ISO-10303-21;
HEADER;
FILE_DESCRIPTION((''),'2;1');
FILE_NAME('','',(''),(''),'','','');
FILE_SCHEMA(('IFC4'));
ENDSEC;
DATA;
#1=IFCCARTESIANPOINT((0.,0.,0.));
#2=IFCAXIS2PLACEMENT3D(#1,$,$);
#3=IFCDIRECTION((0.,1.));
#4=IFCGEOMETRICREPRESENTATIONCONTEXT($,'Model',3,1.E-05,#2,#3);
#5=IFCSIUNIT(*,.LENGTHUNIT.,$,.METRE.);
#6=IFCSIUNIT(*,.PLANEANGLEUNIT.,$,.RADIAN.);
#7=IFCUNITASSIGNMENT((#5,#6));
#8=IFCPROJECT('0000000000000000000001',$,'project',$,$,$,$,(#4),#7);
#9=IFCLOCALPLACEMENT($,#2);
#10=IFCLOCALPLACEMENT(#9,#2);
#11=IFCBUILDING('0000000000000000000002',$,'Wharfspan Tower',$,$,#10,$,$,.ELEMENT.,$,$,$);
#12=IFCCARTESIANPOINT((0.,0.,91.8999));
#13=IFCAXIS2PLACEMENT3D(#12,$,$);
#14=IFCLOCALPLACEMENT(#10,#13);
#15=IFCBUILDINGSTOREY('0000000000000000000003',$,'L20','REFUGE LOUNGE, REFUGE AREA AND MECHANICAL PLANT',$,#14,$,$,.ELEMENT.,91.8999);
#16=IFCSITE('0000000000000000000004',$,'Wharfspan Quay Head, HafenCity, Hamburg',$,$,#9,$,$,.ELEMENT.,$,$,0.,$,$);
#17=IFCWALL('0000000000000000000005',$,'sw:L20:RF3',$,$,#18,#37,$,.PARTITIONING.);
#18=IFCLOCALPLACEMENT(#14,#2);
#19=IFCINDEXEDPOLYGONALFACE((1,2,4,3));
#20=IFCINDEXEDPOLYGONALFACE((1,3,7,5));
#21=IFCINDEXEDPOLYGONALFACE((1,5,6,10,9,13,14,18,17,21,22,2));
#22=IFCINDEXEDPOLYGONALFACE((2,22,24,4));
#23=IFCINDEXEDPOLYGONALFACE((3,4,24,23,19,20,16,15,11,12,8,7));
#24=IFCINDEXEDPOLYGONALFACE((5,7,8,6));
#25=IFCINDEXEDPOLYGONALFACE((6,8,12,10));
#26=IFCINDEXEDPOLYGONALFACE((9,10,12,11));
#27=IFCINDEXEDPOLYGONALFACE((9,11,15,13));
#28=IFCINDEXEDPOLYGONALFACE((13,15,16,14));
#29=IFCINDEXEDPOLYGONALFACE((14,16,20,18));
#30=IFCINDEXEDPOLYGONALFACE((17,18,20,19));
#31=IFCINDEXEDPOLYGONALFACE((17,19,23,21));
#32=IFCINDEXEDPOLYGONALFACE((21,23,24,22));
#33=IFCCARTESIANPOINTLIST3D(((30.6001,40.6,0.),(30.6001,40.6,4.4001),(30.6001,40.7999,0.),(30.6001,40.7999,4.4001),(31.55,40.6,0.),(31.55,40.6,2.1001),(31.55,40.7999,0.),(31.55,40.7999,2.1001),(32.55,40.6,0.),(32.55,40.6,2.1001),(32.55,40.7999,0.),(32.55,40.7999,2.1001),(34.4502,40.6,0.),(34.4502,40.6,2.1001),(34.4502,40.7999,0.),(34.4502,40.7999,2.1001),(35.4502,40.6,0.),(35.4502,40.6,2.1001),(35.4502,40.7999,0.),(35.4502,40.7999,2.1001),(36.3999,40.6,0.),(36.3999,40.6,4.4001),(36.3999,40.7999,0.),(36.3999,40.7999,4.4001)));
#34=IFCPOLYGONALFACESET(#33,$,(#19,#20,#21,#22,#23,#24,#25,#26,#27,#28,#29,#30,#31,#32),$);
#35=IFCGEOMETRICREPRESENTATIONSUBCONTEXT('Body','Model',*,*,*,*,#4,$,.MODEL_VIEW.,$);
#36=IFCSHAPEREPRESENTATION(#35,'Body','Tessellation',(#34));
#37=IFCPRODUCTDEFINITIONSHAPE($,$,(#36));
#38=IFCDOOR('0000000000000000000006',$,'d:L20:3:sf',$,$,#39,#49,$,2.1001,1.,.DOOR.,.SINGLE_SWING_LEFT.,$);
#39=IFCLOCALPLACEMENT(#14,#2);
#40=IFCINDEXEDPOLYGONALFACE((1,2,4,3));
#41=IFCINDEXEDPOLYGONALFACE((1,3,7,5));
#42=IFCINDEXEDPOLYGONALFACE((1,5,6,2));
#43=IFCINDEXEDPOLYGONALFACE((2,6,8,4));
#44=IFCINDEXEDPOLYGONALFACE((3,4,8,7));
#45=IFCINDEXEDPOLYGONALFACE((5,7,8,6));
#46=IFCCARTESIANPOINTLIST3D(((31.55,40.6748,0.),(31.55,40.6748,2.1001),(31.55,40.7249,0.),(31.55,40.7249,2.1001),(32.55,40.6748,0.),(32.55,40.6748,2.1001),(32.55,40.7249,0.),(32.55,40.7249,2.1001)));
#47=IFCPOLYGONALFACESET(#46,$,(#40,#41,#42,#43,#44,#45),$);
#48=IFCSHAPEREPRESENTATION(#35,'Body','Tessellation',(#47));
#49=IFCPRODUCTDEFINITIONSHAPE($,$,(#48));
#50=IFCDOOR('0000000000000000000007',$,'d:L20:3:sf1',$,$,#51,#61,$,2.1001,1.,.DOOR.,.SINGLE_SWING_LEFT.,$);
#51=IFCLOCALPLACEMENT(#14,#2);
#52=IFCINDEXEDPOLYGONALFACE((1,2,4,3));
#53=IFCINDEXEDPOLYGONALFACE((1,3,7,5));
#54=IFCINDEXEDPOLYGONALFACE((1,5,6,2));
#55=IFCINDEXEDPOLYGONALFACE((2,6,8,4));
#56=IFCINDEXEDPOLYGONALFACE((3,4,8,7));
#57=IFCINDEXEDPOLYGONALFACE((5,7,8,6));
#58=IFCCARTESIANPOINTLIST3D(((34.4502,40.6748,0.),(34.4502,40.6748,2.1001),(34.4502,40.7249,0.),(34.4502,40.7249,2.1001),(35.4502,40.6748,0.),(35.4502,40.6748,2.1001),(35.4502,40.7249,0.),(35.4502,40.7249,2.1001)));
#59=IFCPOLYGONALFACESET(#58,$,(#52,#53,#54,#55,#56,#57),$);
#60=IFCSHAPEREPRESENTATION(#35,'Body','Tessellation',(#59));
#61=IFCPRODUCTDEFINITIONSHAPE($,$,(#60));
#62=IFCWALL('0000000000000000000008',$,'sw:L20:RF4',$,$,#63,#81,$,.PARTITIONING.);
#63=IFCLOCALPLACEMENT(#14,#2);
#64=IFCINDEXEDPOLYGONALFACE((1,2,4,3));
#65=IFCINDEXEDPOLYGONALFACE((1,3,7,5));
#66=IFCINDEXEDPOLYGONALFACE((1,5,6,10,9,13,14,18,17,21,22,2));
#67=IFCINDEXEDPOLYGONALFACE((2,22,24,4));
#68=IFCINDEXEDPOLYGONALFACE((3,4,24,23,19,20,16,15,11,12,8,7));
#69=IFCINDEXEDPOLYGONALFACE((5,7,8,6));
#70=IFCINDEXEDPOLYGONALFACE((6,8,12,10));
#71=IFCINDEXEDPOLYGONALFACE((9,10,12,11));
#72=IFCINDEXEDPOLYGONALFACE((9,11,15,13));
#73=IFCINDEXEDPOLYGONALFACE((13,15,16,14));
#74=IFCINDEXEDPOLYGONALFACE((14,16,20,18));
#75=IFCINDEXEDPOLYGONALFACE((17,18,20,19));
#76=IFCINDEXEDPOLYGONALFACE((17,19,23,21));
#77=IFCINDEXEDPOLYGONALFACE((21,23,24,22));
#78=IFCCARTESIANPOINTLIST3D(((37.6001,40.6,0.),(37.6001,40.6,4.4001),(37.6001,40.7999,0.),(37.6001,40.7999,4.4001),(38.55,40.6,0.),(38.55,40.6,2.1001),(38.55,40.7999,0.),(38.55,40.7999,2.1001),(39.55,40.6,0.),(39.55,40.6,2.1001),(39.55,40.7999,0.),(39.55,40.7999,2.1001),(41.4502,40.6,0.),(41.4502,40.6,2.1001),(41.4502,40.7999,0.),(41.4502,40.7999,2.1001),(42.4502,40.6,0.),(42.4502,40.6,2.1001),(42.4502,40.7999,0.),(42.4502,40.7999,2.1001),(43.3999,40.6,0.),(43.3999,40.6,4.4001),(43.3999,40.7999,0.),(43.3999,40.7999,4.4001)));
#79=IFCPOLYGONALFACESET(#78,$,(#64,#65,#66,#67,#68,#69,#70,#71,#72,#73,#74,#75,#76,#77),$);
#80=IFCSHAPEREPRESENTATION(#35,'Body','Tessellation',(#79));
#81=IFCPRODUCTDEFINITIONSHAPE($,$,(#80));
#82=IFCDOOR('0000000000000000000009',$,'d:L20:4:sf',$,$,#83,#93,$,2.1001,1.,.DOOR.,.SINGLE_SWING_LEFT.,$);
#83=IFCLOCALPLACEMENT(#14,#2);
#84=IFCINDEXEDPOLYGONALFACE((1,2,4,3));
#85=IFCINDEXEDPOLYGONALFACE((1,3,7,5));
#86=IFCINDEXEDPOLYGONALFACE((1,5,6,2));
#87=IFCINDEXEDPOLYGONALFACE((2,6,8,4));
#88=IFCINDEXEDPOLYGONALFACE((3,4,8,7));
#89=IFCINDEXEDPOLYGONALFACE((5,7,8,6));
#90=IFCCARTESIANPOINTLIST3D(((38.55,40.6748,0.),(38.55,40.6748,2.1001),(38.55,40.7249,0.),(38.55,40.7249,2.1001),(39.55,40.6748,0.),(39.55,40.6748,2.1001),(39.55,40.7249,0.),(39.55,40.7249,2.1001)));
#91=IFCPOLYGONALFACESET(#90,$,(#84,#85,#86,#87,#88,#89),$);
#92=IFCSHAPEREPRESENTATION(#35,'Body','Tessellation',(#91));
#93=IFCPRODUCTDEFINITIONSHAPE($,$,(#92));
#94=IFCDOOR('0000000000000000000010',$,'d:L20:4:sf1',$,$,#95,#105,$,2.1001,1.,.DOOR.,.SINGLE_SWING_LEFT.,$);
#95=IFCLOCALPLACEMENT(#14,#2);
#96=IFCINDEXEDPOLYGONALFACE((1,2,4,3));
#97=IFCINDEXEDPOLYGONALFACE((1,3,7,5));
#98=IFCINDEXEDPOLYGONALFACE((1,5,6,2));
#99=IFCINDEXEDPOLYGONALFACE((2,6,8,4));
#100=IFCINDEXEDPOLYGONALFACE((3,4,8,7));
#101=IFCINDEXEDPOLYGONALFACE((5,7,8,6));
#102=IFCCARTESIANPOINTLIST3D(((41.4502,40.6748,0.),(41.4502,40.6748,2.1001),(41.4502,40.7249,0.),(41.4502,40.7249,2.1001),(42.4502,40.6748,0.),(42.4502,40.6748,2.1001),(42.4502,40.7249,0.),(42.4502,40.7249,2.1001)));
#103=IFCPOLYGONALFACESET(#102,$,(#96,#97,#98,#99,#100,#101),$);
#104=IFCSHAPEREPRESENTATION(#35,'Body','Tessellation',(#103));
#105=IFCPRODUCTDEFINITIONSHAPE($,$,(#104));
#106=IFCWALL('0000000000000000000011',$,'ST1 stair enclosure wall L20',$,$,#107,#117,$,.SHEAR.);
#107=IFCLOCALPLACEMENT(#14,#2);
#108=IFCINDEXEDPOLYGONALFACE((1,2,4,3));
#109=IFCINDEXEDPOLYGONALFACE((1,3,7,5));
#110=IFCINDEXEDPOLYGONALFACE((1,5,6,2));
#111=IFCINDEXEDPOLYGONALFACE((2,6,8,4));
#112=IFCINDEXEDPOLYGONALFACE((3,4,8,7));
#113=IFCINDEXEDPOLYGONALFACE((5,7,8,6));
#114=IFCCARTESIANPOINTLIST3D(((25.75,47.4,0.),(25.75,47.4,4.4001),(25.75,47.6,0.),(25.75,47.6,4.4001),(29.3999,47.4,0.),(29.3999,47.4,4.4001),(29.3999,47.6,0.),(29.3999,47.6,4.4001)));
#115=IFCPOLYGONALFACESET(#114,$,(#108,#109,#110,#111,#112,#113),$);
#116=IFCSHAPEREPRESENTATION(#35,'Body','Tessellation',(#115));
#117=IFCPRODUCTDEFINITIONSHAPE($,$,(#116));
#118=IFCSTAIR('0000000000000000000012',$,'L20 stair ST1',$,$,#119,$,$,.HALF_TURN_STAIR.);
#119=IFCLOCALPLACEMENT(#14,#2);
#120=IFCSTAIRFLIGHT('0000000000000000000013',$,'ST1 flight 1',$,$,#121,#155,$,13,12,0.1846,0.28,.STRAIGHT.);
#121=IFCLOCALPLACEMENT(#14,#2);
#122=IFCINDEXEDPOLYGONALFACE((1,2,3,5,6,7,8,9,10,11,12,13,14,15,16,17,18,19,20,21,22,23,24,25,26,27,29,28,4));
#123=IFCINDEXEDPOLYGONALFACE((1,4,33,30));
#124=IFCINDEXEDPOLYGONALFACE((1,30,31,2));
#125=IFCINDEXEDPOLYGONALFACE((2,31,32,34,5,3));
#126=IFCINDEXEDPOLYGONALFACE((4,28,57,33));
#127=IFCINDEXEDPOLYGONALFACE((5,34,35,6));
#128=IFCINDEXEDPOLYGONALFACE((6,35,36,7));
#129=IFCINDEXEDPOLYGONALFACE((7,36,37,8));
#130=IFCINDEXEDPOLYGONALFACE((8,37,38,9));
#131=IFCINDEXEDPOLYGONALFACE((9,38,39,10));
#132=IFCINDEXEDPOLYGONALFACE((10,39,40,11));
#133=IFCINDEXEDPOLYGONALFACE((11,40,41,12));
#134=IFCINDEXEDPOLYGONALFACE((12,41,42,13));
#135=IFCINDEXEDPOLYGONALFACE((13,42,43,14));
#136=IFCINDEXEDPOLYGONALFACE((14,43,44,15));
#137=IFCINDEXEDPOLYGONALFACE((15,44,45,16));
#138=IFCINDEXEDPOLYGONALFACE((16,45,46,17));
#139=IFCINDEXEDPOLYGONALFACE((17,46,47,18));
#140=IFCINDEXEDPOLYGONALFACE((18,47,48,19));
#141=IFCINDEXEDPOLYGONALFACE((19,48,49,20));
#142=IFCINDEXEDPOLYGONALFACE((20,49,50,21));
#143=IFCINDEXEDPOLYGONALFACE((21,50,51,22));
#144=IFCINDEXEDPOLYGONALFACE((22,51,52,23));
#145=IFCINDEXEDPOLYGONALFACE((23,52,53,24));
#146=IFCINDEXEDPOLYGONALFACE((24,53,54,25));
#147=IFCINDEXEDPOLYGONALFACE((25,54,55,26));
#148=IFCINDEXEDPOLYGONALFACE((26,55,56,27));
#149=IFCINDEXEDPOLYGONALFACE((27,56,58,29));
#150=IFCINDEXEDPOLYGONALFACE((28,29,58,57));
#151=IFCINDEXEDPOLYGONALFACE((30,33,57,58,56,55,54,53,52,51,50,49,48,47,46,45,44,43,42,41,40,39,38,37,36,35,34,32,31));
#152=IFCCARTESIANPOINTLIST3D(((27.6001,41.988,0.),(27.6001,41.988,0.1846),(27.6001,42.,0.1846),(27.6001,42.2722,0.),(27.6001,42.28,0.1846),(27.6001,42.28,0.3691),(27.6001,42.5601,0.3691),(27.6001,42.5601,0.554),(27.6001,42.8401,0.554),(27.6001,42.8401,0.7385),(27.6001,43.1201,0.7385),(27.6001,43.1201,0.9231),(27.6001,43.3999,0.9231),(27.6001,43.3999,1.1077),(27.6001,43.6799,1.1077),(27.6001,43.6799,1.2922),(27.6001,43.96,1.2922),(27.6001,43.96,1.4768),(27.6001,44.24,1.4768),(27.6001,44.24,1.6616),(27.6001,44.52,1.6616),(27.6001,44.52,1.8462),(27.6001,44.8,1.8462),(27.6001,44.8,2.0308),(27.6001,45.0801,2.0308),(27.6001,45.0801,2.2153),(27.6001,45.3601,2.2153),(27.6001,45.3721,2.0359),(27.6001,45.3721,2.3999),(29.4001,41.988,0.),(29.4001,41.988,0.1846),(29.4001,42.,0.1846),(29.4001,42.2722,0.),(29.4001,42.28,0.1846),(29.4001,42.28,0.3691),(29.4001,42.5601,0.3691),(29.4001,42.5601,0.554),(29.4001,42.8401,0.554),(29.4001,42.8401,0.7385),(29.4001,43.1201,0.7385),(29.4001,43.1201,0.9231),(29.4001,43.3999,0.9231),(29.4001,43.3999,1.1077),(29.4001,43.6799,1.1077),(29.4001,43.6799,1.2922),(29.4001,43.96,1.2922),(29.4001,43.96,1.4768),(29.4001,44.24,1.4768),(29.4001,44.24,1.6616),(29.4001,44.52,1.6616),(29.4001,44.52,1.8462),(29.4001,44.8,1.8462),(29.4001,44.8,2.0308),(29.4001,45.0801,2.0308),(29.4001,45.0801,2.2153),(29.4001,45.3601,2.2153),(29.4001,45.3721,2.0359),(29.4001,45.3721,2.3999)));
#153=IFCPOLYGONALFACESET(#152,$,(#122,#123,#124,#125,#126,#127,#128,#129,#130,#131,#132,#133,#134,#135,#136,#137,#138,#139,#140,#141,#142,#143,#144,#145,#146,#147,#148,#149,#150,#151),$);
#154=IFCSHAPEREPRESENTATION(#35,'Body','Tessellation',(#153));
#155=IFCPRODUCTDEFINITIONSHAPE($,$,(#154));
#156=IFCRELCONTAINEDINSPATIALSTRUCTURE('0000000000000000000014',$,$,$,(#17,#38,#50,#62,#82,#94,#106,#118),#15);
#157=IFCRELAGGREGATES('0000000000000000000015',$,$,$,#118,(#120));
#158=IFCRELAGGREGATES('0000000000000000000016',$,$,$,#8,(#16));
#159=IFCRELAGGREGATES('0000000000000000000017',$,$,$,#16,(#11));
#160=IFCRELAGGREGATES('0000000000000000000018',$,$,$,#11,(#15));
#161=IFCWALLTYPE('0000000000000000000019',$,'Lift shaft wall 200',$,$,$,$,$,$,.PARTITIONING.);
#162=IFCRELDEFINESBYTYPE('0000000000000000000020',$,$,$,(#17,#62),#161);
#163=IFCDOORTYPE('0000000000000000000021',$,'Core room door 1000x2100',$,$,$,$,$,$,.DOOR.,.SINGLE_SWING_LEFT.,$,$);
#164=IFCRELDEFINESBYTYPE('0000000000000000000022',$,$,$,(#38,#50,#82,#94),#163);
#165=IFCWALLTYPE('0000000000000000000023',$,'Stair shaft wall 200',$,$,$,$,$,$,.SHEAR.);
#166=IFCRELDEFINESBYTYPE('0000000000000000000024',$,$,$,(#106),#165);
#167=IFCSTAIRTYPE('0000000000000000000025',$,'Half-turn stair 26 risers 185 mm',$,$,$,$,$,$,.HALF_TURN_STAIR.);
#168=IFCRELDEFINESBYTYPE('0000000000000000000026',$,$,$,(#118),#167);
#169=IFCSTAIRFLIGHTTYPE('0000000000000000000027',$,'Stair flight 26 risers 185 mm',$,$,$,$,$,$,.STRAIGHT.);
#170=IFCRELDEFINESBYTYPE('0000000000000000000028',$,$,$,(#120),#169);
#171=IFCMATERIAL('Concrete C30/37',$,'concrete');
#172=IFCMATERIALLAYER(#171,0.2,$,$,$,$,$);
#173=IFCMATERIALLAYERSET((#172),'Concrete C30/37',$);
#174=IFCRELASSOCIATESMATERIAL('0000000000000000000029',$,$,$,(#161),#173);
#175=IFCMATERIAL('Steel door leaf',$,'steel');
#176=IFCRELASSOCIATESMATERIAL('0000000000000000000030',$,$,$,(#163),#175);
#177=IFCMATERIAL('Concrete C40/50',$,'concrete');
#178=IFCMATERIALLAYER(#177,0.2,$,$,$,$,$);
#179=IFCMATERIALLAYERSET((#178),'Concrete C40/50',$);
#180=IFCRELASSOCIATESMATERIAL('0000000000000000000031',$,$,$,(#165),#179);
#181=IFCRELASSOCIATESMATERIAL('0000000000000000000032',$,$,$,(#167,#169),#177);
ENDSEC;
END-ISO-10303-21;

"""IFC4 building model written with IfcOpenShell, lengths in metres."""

from ifc_helpers import new_model, si_unit, direction, frame, frame_2d, origin, place, context, subcontext, project, spatial, polyline, rectangle, outline, extrude, material, layer, layer_set, type_object, element, fill, aggregate, save


model = new_model("IFC4")

# Units and contexts
model_context = context("Model", 3, precision=1e-05, world=origin(), true_north=direction((0.0, 1.0)))
body_context = subcontext(model_context, "Body", "Model", "MODEL_VIEW")
ifc_project = project(units=[si_unit("LENGTHUNIT", "METRE"), si_unit("PLANEANGLEUNIT", "RADIAN")], contexts=[model_context])

# Site, building, storey
site_placement = place(None, origin())
site = spatial("IfcSite", under=ifc_project, at=site_placement, Name="Wharfspan Quay Head, HafenCity, Hamburg", CompositionType="ELEMENT", RefElevation=0.0)
building_placement = place(site_placement, origin())
building = spatial("IfcBuilding", under=site, at=building_placement, Name="Wharfspan Tower", CompositionType="ELEMENT")
storey_placement = place(building_placement, frame((0.0, 0.0, 91.8999)))
storey = spatial("IfcBuildingStorey", under=building, at=storey_placement, Name="L20", Description="REFUGE LOUNGE, REFUGE AREA AND MECHANICAL PLANT", CompositionType="ELEMENT", Elevation=91.8999)

# Walls, openings, doors
ifc_material_1 = material(Name="Concrete C30/37", Category="concrete")
ifc_layer_1 = layer(ifc_material_1, 0.2)
ifc_layer_set_1 = layer_set([ifc_layer_1], Name="Concrete C30/37")
wall_type_1 = type_object("IfcWallType", Name="Lift shaft wall 200", PredefinedType="PARTITIONING", material=ifc_layer_set_1)
wall_1_placement = place(storey_placement, frame((30.6001, 40.7, 0.0), z_axis=(0.0, 0.0, 1.0), x_axis=(1.0, 0.0, 0.0)))
wall_1 = element("IfcWall", 1, at=wall_1_placement, inside=storey, type_object=wall_type_1, Name="sw:L20:RF3", PredefinedType="PARTITIONING", context=body_context, shape_type="SweptSolid", body=[
    extrude(rectangle(XDim=5.7998, YDim=0.2, at=frame_2d((2.8999, 0.0))), origin(), (0.0, 0.0, 1.0), 4.4001),
])
opening_1_placement = place(wall_1_placement, frame((0.95, 0.0, 0.0)))
opening_1 = element("IfcOpeningElement", 2, at=opening_1_placement, cuts=wall_1, PredefinedType="OPENING", context=body_context, shape_type="SweptSolid", body=[
    extrude(rectangle(XDim=1.0, YDim=2.1001, at=frame_2d((0.5, 1.05))), frame((0.0, 0.1099, 0.0), z_axis=(0.0, -1.0, 0.0), x_axis=(1.0, 0.0, 0.0)), (0.0, 0.0, 1.0), 0.22),
])
opening_2_placement = place(wall_1_placement, frame((3.8501, 0.0, 0.0)))
opening_2 = element("IfcOpeningElement", 3, at=opening_2_placement, cuts=wall_1, PredefinedType="OPENING", context=body_context, shape_type="SweptSolid", body=[
    extrude(rectangle(XDim=1.0, YDim=2.1001, at=frame_2d((0.5, 1.05))), frame((0.0, 0.1099, 0.0), z_axis=(0.0, -1.0, 0.0), x_axis=(1.0, 0.0, 0.0)), (0.0, 0.0, 1.0), 0.22),
])
ifc_material_2 = material(Name="Steel door leaf", Category="steel")
door_type = type_object("IfcDoorType", Name="Core room door 1000x2100", OperationType="SINGLE_SWING_LEFT", PredefinedType="DOOR", material=ifc_material_2)
door_1_placement = place(opening_1_placement, origin())
door_1 = element("IfcDoor", 4, at=door_1_placement, inside=storey, type_object=door_type, Name="d:L20:3:sf", OperationType="SINGLE_SWING_LEFT", OverallHeight=2.1001, OverallWidth=1.0, PredefinedType="DOOR", context=body_context, shape_type="SweptSolid", body=[
    extrude(rectangle(XDim=1.0, YDim=2.1001, at=frame_2d((0.5, 1.05))), frame((0.0, 0.0249, 0.0), z_axis=(0.0, -1.0, 0.0), x_axis=(1.0, 0.0, 0.0)), (0.0, 0.0, 1.0), 0.05),
])
fill(opening_1, door_1)
door_2_placement = place(opening_2_placement, origin())
door_2 = element("IfcDoor", 5, at=door_2_placement, inside=storey, type_object=door_type, Name="d:L20:3:sf1", OperationType="SINGLE_SWING_LEFT", OverallHeight=2.1001, OverallWidth=1.0, PredefinedType="DOOR", context=body_context, shape_type="SweptSolid", body=[
    extrude(rectangle(XDim=1.0, YDim=2.1001, at=frame_2d((0.5, 1.05))), frame((0.0, 0.0249, 0.0), z_axis=(0.0, -1.0, 0.0), x_axis=(1.0, 0.0, 0.0)), (0.0, 0.0, 1.0), 0.05),
])
fill(opening_2, door_2)
wall_2_placement = place(storey_placement, frame((37.6001, 40.7, 0.0), z_axis=(0.0, 0.0, 1.0), x_axis=(1.0, 0.0, 0.0)))
wall_2 = element("IfcWall", 6, at=wall_2_placement, inside=storey, type_object=wall_type_1, Name="sw:L20:RF4", PredefinedType="PARTITIONING", context=body_context, shape_type="SweptSolid", body=[
    extrude(rectangle(XDim=5.7998, YDim=0.2, at=frame_2d((2.8999, 0.0))), origin(), (0.0, 0.0, 1.0), 4.4001),
])
opening_3_placement = place(wall_2_placement, frame((0.95, 0.0, 0.0)))
opening_3 = element("IfcOpeningElement", 7, at=opening_3_placement, cuts=wall_2, PredefinedType="OPENING", context=body_context, shape_type="SweptSolid", body=[
    extrude(rectangle(XDim=1.0, YDim=2.1001, at=frame_2d((0.5, 1.05))), frame((0.0, 0.1099, 0.0), z_axis=(0.0, -1.0, 0.0), x_axis=(1.0, 0.0, 0.0)), (0.0, 0.0, 1.0), 0.22),
])
opening_4_placement = place(wall_2_placement, frame((3.8501, 0.0, 0.0)))
opening_4 = element("IfcOpeningElement", 8, at=opening_4_placement, cuts=wall_2, PredefinedType="OPENING", context=body_context, shape_type="SweptSolid", body=[
    extrude(rectangle(XDim=1.0, YDim=2.1001, at=frame_2d((0.5, 1.05))), frame((0.0, 0.1099, 0.0), z_axis=(0.0, -1.0, 0.0), x_axis=(1.0, 0.0, 0.0)), (0.0, 0.0, 1.0), 0.22),
])
door_3_placement = place(opening_3_placement, origin())
door_3 = element("IfcDoor", 9, at=door_3_placement, inside=storey, type_object=door_type, Name="d:L20:4:sf", OperationType="SINGLE_SWING_LEFT", OverallHeight=2.1001, OverallWidth=1.0, PredefinedType="DOOR", context=body_context, shape_type="SweptSolid", body=[
    extrude(rectangle(XDim=1.0, YDim=2.1001, at=frame_2d((0.5, 1.05))), frame((0.0, 0.0249, 0.0), z_axis=(0.0, -1.0, 0.0), x_axis=(1.0, 0.0, 0.0)), (0.0, 0.0, 1.0), 0.05),
])
fill(opening_3, door_3)
door_4_placement = place(opening_4_placement, origin())
door_4 = element("IfcDoor", 10, at=door_4_placement, inside=storey, type_object=door_type, Name="d:L20:4:sf1", OperationType="SINGLE_SWING_LEFT", OverallHeight=2.1001, OverallWidth=1.0, PredefinedType="DOOR", context=body_context, shape_type="SweptSolid", body=[
    extrude(rectangle(XDim=1.0, YDim=2.1001, at=frame_2d((0.5, 1.05))), frame((0.0, 0.0249, 0.0), z_axis=(0.0, -1.0, 0.0), x_axis=(1.0, 0.0, 0.0)), (0.0, 0.0, 1.0), 0.05),
])
fill(opening_4, door_4)

# Wall
ifc_material_3 = material(Name="Concrete C40/50", Category="concrete")
ifc_layer_2 = layer(ifc_material_3, 0.2)
ifc_layer_set_2 = layer_set([ifc_layer_2], Name="Concrete C40/50")
wall_type_2 = type_object("IfcWallType", Name="Stair shaft wall 200", PredefinedType="SHEAR", material=ifc_layer_set_2)
wall_3_placement = place(storey_placement, frame((25.75, 47.5, 0.0), z_axis=(0.0, 0.0, 1.0), x_axis=(1.0, 0.0, 0.0)))
element("IfcWall", 11, at=wall_3_placement, inside=storey, type_object=wall_type_2, Name="ST1 stair enclosure wall L20", PredefinedType="SHEAR", context=body_context, shape_type="SweptSolid", body=[
    extrude(rectangle(XDim=3.6499, YDim=0.2, at=frame_2d((1.825, 0.0))), origin(), (0.0, 0.0, 1.0), 4.4001),
])

# Stair, stair flight
stair_type = type_object("IfcStairType", Name="Half-turn stair 26 risers 185 mm", PredefinedType="HALF_TURN_STAIR", material=ifc_material_3)
stair_placement = place(storey_placement, origin())
stair = element("IfcStair", 12, at=stair_placement, inside=storey, type_object=stair_type, Name="L20 stair ST1", PredefinedType="HALF_TURN_STAIR")
stair_flight_type = type_object("IfcStairFlightType", Name="Stair flight 26 risers 185 mm", PredefinedType="STRAIGHT", material=ifc_material_3)
stair_flight_1_placement = place(storey_placement, frame((28.5, 42.0, 0.0), z_axis=(0.0, 0.0, 1.0), x_axis=(0.0, 1.0, 0.0)))
stair_flight_1 = element("IfcStairFlight", 13, at=stair_flight_1_placement, type_object=stair_flight_type, Name="ST1 flight 1", NumberOfRisers=13, NumberOfTreads=12, PredefinedType="STRAIGHT", RiserHeight=0.1846, TreadLength=0.28, context=body_context, shape_type="SweptSolid", body=[
    extrude(outline(polyline([(-0.012, 0.0), (-0.012, 0.1846), (0.0, 0.1846), (0.28, 0.1846), (0.28, 0.3691), (0.5601, 0.3691), (0.5601, 0.554), (0.8401, 0.554), (0.8401, 0.7385), (1.1201, 0.7385), (1.1201, 0.9231), (1.3999, 0.9231), (1.3999, 1.1077), (1.6799, 1.1077), (1.6799, 1.2922), (1.96, 1.2922), (1.96, 1.4768), (2.24, 1.4768), (2.24, 1.6616), (2.52, 1.6616), (2.52, 1.8462), (2.8, 1.8462), (2.8, 2.0308), (3.0801, 2.0308), (3.0801, 2.2153), (3.3601, 2.2153), (3.3721, 2.3999), (3.3721, 2.0359), (0.2722, 0.0), (-0.012, 0.0)])), frame((0.0, 0.8999, 0.0), z_axis=(0.0, -1.0, 0.0), x_axis=(1.0, 0.0, 0.0)), (0.0, 0.0, 1.0), 1.8),
])
aggregate(stair, [stair_flight_1])

save(model, "model.ifc")
